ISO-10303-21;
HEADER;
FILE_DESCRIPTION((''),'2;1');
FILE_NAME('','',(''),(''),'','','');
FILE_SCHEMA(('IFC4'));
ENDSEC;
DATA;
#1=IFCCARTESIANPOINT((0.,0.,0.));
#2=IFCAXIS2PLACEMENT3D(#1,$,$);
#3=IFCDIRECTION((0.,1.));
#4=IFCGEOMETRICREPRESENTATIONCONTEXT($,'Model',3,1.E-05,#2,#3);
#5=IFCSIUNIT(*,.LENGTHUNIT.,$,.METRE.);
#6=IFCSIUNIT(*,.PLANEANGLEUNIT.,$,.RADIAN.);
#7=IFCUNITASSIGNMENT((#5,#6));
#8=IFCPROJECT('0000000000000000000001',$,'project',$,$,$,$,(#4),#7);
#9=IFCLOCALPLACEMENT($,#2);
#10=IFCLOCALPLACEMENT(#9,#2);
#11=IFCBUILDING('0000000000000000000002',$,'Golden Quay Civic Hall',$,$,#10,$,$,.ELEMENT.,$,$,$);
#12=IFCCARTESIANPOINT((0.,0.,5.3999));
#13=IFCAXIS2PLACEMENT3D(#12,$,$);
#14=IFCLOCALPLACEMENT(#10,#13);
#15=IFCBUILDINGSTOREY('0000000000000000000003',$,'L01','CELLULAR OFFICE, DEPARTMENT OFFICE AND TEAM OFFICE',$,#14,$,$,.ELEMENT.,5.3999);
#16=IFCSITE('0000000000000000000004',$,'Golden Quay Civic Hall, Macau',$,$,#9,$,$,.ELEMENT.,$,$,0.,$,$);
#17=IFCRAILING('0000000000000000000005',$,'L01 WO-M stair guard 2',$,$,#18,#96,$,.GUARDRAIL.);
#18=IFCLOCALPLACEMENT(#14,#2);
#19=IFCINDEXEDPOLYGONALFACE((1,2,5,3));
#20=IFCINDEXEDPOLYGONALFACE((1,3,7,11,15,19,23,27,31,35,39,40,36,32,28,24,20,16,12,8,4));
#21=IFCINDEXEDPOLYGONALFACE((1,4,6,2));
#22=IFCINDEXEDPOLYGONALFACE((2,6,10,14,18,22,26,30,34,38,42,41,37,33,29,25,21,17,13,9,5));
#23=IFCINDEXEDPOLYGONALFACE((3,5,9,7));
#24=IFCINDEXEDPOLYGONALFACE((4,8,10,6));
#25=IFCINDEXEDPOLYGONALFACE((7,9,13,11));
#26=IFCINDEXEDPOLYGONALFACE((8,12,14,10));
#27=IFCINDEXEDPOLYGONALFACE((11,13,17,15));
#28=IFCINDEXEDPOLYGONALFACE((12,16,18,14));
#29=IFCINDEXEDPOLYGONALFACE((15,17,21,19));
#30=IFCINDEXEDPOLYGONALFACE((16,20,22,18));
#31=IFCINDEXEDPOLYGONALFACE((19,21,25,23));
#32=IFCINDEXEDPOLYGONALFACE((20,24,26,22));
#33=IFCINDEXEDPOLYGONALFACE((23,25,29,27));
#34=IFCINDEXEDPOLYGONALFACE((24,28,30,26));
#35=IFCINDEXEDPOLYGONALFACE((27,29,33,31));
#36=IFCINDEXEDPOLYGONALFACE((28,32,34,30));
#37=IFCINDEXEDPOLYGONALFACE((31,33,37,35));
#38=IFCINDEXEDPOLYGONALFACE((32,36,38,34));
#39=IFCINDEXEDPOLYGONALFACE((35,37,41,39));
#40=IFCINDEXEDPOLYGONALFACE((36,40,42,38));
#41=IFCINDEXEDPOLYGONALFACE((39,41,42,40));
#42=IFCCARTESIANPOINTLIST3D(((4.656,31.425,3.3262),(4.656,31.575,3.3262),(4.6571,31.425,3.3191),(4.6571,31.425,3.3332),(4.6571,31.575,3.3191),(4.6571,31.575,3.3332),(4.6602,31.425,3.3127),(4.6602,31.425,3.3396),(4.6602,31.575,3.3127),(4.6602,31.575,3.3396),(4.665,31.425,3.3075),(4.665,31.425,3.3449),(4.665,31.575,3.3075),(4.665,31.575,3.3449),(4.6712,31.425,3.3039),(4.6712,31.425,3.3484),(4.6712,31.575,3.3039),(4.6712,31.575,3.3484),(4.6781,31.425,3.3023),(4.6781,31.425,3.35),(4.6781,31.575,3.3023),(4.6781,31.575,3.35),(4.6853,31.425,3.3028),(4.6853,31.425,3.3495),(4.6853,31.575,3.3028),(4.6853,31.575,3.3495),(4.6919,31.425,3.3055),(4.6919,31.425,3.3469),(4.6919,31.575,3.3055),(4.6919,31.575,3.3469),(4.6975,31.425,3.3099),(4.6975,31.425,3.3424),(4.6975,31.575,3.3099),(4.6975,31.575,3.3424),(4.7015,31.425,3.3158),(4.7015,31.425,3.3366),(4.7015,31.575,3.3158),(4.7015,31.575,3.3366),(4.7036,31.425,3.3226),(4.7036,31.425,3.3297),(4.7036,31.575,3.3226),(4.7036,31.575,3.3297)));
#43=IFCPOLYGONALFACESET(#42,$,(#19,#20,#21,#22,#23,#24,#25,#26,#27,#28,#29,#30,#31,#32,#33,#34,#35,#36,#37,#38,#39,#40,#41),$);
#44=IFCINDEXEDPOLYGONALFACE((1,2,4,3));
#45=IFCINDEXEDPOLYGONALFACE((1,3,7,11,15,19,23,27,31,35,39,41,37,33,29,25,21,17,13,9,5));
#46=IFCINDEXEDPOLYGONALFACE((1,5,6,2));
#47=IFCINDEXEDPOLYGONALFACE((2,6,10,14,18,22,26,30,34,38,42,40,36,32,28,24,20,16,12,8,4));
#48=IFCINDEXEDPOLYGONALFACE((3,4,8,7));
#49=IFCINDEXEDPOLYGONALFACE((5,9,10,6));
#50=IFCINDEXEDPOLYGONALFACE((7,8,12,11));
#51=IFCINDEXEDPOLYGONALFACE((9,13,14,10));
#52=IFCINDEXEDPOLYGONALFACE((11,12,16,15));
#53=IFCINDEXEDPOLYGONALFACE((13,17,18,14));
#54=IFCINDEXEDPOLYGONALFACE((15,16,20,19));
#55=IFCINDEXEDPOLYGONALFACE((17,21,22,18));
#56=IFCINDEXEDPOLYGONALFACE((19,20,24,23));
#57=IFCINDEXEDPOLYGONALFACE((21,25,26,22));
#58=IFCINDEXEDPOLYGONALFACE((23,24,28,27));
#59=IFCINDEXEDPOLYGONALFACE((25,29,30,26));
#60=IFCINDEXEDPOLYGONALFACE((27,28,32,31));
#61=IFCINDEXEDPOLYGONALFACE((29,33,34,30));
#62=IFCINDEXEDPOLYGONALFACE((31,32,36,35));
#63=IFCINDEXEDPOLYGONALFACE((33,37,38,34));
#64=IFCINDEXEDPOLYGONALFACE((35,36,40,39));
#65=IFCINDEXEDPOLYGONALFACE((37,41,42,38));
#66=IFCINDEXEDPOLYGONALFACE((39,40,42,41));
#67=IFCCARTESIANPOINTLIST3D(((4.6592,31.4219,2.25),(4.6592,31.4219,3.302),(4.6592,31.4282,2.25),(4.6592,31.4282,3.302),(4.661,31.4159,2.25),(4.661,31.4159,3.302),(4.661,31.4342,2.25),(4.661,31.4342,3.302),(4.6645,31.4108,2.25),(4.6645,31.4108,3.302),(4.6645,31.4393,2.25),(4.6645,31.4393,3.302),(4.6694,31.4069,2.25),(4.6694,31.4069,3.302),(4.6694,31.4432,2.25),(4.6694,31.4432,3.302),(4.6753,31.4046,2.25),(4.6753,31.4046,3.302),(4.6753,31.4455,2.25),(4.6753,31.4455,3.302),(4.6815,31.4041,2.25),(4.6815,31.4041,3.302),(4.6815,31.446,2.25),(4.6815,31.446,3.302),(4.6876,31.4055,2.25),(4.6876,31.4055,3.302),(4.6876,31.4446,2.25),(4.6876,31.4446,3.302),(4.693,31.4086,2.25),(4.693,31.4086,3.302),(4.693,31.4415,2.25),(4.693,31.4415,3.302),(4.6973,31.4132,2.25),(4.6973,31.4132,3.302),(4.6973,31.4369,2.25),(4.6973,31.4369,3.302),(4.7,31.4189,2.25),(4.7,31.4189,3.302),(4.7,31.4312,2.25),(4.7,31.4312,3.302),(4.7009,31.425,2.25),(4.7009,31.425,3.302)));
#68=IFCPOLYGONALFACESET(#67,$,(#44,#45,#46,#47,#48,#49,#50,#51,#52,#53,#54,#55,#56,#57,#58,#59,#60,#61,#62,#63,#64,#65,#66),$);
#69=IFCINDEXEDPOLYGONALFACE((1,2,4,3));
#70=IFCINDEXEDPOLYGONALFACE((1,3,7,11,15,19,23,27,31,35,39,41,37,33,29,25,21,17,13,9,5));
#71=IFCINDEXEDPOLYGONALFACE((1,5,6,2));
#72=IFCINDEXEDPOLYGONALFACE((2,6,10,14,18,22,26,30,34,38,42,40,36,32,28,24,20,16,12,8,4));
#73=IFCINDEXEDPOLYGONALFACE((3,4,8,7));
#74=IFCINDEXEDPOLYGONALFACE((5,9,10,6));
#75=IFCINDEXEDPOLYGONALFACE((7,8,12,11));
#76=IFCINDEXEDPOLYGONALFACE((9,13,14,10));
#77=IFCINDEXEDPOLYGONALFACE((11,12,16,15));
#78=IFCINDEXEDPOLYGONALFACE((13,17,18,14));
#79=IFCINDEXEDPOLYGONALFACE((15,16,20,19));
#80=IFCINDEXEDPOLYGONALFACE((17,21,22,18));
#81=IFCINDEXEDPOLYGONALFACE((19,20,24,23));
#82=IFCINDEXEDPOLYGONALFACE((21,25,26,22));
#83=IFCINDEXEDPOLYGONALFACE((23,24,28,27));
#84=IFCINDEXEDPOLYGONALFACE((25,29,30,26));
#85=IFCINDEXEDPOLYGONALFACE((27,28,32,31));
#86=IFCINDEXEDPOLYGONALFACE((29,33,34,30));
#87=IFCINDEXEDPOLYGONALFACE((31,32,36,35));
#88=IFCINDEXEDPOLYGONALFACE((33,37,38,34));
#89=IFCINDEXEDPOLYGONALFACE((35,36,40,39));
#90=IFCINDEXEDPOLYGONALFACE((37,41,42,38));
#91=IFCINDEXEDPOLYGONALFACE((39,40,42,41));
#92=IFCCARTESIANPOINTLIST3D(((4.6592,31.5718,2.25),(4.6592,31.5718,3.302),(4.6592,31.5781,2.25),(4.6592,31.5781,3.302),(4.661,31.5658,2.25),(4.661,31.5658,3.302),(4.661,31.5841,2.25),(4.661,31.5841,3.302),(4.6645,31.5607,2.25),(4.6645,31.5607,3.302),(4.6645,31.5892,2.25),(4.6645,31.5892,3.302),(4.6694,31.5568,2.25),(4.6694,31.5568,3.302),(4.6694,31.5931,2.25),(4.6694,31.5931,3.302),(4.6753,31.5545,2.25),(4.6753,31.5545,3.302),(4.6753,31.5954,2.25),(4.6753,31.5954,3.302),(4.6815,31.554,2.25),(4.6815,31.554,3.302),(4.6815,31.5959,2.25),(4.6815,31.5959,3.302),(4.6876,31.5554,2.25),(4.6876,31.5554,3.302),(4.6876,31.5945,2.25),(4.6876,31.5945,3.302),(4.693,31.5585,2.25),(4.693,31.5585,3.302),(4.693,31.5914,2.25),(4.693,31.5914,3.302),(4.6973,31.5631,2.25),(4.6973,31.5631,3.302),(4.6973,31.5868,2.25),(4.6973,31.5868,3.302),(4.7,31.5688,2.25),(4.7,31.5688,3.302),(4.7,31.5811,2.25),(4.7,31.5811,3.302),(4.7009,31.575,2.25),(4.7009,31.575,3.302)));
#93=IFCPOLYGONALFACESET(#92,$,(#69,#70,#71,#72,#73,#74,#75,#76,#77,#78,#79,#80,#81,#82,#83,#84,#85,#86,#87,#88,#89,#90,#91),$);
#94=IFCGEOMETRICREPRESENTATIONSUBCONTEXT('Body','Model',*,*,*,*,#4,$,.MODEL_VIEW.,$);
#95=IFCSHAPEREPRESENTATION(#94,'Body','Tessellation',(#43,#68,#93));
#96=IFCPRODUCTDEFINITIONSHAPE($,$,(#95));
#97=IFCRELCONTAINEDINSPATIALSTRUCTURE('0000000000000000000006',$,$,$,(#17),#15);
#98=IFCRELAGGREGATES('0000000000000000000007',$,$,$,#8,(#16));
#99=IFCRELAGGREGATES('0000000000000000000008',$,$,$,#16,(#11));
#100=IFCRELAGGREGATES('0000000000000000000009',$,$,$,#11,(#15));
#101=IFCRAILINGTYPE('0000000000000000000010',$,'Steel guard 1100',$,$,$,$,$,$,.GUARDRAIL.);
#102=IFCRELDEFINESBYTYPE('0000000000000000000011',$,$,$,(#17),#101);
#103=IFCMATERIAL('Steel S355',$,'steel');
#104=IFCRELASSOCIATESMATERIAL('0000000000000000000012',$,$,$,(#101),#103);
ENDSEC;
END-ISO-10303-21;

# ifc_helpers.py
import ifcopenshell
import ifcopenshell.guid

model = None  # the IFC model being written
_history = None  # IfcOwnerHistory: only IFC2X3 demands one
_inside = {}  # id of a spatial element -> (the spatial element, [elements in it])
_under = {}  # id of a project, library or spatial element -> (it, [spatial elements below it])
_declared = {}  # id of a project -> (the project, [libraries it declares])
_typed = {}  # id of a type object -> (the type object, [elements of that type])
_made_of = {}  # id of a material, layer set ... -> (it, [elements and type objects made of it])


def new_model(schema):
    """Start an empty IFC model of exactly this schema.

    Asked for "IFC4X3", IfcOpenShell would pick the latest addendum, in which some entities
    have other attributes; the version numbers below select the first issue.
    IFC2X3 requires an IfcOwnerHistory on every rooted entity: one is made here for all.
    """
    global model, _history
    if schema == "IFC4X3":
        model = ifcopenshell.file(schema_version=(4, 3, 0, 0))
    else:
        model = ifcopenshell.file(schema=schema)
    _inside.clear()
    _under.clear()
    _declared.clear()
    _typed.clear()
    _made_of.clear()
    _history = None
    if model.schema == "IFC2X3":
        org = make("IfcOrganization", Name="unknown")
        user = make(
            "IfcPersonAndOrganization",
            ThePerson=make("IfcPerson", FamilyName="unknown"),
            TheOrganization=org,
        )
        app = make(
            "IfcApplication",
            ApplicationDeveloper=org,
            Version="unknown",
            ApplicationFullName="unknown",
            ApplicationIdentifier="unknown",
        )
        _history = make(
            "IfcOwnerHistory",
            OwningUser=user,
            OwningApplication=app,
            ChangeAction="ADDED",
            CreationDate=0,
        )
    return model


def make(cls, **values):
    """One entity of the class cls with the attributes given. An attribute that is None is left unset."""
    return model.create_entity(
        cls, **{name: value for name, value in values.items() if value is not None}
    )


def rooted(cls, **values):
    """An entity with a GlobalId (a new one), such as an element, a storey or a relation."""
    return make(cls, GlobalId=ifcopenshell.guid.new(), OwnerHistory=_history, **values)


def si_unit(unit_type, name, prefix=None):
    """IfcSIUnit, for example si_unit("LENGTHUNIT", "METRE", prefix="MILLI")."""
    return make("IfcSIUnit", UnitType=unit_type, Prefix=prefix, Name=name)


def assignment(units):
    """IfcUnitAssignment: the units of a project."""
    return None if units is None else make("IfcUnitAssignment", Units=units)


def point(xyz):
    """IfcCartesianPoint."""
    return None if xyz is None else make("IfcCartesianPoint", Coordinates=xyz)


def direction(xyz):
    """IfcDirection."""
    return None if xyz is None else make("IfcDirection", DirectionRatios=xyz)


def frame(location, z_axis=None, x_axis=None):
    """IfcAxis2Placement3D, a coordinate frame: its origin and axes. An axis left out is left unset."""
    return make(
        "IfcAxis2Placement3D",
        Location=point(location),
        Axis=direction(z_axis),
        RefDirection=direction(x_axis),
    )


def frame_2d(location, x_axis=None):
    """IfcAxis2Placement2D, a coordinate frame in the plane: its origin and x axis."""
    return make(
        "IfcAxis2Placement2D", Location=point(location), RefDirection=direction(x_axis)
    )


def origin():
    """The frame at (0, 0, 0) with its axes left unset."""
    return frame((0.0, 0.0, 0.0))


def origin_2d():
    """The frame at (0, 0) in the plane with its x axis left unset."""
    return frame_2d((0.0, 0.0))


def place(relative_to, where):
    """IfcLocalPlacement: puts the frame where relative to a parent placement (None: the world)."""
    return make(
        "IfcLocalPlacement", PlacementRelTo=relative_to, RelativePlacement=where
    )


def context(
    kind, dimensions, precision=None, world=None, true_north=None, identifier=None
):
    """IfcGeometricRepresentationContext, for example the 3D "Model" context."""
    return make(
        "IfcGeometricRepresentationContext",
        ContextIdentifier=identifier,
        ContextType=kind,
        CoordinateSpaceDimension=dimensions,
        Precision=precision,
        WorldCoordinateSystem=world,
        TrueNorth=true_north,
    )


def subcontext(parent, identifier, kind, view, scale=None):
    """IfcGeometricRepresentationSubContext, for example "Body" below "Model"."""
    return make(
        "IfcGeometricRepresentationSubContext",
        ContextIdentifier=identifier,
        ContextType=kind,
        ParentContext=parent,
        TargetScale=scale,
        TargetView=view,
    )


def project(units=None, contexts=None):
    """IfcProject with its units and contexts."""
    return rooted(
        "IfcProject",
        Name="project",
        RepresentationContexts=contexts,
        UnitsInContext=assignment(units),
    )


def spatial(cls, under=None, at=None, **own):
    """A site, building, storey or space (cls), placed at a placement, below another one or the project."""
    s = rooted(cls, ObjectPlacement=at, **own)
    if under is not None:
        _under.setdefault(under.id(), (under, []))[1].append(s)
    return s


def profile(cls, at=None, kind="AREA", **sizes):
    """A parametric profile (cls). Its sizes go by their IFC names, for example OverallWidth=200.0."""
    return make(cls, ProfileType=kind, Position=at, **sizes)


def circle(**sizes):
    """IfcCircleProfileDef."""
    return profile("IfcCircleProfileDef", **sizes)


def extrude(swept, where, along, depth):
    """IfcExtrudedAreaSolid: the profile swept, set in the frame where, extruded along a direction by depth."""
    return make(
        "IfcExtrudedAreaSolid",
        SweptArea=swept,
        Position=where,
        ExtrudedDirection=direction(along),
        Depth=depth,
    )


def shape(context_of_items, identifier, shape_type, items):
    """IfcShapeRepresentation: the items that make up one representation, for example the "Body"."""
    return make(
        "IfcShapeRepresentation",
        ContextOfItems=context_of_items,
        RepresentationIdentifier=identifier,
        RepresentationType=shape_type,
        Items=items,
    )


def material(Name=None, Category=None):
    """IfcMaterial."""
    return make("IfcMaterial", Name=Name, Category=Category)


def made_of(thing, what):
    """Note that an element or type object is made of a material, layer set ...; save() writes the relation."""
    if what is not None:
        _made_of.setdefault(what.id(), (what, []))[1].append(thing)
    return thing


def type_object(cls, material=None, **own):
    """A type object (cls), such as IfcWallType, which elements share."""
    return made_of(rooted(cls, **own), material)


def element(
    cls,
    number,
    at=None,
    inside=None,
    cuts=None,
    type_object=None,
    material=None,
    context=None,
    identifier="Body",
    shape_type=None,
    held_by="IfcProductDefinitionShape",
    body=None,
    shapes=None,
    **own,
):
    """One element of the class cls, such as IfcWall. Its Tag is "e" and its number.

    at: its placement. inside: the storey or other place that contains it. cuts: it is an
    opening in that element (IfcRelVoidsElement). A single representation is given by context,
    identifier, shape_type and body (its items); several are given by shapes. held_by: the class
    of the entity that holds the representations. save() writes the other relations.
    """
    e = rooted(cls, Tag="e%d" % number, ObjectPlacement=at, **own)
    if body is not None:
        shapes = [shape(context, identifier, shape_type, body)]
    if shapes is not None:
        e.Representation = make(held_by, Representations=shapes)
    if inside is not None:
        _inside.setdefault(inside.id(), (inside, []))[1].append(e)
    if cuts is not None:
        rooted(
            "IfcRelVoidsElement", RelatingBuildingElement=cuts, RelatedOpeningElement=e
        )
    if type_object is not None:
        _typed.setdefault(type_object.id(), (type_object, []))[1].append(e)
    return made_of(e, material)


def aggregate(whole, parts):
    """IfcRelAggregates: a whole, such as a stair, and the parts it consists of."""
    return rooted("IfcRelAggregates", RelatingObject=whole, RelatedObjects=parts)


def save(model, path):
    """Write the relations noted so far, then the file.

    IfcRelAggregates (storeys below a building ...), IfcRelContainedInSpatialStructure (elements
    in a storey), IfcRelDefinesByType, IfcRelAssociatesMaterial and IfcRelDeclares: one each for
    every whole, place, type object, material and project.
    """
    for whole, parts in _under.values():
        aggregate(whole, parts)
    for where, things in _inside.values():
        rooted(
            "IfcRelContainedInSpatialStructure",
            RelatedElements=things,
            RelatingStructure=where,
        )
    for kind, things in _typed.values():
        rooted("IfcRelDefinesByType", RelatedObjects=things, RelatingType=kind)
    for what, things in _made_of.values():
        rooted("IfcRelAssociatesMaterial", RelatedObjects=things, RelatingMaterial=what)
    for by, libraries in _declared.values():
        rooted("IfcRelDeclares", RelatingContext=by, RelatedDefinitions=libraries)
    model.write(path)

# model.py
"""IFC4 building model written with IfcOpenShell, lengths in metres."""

from ifc_helpers import new_model, si_unit, direction, frame, origin, origin_2d, place, context, subcontext, project, spatial, circle, extrude, material, type_object, element, save


model = new_model("IFC4")

# Units and contexts
model_context = context("Model", 3, precision=1e-05, world=origin(), true_north=direction((0.0, 1.0)))
body_context = subcontext(model_context, "Body", "Model", "MODEL_VIEW")
ifc_project = project(units=[si_unit("LENGTHUNIT", "METRE"), si_unit("PLANEANGLEUNIT", "RADIAN")], contexts=[model_context])

# Site, building, storey
site_placement = place(None, origin())
site = spatial("IfcSite", under=ifc_project, at=site_placement, Name="Golden Quay Civic Hall, Macau", CompositionType="ELEMENT", RefElevation=0.0)
building_placement = place(site_placement, origin())
building = spatial("IfcBuilding", under=site, at=building_placement, Name="Golden Quay Civic Hall", CompositionType="ELEMENT")
storey_placement = place(building_placement, frame((0.0, 0.0, 5.3999)))
storey = spatial("IfcBuildingStorey", under=building, at=storey_placement, Name="L01", Description="CELLULAR OFFICE, DEPARTMENT OFFICE AND TEAM OFFICE", CompositionType="ELEMENT", Elevation=5.3999)

# Railing
ifc_material_1 = material(Name="Steel S355", Category="steel")
railing_type_1 = type_object("IfcRailingType", Name="Steel guard 1100", PredefinedType="GUARDRAIL", material=ifc_material_1)
railing_1_placement = place(storey_placement, frame((4.6799, 31.425, 2.25)))
element("IfcRailing", 1, at=railing_1_placement, inside=storey, type_object=railing_type_1, Name="L01 WO-M stair guard 2", PredefinedType="GUARDRAIL", context=body_context, shape_type="SweptSolid", body=[
    extrude(circle(Radius=0.0239, at=origin_2d()), frame((0.0, 0.0, 1.0762), z_axis=(0.0, 1.0, 0.0), x_axis=(-1.0, 0.0, 0.0)), (0.0, 0.0, 1.0), 0.1499),
    extrude(circle(Radius=0.021, at=origin_2d()), origin(), (0.0, 0.0, 1.0), 1.052),
    extrude(circle(Radius=0.021, at=origin_2d()), frame((0.0, 0.1499, 0.0)), (0.0, 0.0, 1.0), 1.052),
])

save(model, "model.ifc")
